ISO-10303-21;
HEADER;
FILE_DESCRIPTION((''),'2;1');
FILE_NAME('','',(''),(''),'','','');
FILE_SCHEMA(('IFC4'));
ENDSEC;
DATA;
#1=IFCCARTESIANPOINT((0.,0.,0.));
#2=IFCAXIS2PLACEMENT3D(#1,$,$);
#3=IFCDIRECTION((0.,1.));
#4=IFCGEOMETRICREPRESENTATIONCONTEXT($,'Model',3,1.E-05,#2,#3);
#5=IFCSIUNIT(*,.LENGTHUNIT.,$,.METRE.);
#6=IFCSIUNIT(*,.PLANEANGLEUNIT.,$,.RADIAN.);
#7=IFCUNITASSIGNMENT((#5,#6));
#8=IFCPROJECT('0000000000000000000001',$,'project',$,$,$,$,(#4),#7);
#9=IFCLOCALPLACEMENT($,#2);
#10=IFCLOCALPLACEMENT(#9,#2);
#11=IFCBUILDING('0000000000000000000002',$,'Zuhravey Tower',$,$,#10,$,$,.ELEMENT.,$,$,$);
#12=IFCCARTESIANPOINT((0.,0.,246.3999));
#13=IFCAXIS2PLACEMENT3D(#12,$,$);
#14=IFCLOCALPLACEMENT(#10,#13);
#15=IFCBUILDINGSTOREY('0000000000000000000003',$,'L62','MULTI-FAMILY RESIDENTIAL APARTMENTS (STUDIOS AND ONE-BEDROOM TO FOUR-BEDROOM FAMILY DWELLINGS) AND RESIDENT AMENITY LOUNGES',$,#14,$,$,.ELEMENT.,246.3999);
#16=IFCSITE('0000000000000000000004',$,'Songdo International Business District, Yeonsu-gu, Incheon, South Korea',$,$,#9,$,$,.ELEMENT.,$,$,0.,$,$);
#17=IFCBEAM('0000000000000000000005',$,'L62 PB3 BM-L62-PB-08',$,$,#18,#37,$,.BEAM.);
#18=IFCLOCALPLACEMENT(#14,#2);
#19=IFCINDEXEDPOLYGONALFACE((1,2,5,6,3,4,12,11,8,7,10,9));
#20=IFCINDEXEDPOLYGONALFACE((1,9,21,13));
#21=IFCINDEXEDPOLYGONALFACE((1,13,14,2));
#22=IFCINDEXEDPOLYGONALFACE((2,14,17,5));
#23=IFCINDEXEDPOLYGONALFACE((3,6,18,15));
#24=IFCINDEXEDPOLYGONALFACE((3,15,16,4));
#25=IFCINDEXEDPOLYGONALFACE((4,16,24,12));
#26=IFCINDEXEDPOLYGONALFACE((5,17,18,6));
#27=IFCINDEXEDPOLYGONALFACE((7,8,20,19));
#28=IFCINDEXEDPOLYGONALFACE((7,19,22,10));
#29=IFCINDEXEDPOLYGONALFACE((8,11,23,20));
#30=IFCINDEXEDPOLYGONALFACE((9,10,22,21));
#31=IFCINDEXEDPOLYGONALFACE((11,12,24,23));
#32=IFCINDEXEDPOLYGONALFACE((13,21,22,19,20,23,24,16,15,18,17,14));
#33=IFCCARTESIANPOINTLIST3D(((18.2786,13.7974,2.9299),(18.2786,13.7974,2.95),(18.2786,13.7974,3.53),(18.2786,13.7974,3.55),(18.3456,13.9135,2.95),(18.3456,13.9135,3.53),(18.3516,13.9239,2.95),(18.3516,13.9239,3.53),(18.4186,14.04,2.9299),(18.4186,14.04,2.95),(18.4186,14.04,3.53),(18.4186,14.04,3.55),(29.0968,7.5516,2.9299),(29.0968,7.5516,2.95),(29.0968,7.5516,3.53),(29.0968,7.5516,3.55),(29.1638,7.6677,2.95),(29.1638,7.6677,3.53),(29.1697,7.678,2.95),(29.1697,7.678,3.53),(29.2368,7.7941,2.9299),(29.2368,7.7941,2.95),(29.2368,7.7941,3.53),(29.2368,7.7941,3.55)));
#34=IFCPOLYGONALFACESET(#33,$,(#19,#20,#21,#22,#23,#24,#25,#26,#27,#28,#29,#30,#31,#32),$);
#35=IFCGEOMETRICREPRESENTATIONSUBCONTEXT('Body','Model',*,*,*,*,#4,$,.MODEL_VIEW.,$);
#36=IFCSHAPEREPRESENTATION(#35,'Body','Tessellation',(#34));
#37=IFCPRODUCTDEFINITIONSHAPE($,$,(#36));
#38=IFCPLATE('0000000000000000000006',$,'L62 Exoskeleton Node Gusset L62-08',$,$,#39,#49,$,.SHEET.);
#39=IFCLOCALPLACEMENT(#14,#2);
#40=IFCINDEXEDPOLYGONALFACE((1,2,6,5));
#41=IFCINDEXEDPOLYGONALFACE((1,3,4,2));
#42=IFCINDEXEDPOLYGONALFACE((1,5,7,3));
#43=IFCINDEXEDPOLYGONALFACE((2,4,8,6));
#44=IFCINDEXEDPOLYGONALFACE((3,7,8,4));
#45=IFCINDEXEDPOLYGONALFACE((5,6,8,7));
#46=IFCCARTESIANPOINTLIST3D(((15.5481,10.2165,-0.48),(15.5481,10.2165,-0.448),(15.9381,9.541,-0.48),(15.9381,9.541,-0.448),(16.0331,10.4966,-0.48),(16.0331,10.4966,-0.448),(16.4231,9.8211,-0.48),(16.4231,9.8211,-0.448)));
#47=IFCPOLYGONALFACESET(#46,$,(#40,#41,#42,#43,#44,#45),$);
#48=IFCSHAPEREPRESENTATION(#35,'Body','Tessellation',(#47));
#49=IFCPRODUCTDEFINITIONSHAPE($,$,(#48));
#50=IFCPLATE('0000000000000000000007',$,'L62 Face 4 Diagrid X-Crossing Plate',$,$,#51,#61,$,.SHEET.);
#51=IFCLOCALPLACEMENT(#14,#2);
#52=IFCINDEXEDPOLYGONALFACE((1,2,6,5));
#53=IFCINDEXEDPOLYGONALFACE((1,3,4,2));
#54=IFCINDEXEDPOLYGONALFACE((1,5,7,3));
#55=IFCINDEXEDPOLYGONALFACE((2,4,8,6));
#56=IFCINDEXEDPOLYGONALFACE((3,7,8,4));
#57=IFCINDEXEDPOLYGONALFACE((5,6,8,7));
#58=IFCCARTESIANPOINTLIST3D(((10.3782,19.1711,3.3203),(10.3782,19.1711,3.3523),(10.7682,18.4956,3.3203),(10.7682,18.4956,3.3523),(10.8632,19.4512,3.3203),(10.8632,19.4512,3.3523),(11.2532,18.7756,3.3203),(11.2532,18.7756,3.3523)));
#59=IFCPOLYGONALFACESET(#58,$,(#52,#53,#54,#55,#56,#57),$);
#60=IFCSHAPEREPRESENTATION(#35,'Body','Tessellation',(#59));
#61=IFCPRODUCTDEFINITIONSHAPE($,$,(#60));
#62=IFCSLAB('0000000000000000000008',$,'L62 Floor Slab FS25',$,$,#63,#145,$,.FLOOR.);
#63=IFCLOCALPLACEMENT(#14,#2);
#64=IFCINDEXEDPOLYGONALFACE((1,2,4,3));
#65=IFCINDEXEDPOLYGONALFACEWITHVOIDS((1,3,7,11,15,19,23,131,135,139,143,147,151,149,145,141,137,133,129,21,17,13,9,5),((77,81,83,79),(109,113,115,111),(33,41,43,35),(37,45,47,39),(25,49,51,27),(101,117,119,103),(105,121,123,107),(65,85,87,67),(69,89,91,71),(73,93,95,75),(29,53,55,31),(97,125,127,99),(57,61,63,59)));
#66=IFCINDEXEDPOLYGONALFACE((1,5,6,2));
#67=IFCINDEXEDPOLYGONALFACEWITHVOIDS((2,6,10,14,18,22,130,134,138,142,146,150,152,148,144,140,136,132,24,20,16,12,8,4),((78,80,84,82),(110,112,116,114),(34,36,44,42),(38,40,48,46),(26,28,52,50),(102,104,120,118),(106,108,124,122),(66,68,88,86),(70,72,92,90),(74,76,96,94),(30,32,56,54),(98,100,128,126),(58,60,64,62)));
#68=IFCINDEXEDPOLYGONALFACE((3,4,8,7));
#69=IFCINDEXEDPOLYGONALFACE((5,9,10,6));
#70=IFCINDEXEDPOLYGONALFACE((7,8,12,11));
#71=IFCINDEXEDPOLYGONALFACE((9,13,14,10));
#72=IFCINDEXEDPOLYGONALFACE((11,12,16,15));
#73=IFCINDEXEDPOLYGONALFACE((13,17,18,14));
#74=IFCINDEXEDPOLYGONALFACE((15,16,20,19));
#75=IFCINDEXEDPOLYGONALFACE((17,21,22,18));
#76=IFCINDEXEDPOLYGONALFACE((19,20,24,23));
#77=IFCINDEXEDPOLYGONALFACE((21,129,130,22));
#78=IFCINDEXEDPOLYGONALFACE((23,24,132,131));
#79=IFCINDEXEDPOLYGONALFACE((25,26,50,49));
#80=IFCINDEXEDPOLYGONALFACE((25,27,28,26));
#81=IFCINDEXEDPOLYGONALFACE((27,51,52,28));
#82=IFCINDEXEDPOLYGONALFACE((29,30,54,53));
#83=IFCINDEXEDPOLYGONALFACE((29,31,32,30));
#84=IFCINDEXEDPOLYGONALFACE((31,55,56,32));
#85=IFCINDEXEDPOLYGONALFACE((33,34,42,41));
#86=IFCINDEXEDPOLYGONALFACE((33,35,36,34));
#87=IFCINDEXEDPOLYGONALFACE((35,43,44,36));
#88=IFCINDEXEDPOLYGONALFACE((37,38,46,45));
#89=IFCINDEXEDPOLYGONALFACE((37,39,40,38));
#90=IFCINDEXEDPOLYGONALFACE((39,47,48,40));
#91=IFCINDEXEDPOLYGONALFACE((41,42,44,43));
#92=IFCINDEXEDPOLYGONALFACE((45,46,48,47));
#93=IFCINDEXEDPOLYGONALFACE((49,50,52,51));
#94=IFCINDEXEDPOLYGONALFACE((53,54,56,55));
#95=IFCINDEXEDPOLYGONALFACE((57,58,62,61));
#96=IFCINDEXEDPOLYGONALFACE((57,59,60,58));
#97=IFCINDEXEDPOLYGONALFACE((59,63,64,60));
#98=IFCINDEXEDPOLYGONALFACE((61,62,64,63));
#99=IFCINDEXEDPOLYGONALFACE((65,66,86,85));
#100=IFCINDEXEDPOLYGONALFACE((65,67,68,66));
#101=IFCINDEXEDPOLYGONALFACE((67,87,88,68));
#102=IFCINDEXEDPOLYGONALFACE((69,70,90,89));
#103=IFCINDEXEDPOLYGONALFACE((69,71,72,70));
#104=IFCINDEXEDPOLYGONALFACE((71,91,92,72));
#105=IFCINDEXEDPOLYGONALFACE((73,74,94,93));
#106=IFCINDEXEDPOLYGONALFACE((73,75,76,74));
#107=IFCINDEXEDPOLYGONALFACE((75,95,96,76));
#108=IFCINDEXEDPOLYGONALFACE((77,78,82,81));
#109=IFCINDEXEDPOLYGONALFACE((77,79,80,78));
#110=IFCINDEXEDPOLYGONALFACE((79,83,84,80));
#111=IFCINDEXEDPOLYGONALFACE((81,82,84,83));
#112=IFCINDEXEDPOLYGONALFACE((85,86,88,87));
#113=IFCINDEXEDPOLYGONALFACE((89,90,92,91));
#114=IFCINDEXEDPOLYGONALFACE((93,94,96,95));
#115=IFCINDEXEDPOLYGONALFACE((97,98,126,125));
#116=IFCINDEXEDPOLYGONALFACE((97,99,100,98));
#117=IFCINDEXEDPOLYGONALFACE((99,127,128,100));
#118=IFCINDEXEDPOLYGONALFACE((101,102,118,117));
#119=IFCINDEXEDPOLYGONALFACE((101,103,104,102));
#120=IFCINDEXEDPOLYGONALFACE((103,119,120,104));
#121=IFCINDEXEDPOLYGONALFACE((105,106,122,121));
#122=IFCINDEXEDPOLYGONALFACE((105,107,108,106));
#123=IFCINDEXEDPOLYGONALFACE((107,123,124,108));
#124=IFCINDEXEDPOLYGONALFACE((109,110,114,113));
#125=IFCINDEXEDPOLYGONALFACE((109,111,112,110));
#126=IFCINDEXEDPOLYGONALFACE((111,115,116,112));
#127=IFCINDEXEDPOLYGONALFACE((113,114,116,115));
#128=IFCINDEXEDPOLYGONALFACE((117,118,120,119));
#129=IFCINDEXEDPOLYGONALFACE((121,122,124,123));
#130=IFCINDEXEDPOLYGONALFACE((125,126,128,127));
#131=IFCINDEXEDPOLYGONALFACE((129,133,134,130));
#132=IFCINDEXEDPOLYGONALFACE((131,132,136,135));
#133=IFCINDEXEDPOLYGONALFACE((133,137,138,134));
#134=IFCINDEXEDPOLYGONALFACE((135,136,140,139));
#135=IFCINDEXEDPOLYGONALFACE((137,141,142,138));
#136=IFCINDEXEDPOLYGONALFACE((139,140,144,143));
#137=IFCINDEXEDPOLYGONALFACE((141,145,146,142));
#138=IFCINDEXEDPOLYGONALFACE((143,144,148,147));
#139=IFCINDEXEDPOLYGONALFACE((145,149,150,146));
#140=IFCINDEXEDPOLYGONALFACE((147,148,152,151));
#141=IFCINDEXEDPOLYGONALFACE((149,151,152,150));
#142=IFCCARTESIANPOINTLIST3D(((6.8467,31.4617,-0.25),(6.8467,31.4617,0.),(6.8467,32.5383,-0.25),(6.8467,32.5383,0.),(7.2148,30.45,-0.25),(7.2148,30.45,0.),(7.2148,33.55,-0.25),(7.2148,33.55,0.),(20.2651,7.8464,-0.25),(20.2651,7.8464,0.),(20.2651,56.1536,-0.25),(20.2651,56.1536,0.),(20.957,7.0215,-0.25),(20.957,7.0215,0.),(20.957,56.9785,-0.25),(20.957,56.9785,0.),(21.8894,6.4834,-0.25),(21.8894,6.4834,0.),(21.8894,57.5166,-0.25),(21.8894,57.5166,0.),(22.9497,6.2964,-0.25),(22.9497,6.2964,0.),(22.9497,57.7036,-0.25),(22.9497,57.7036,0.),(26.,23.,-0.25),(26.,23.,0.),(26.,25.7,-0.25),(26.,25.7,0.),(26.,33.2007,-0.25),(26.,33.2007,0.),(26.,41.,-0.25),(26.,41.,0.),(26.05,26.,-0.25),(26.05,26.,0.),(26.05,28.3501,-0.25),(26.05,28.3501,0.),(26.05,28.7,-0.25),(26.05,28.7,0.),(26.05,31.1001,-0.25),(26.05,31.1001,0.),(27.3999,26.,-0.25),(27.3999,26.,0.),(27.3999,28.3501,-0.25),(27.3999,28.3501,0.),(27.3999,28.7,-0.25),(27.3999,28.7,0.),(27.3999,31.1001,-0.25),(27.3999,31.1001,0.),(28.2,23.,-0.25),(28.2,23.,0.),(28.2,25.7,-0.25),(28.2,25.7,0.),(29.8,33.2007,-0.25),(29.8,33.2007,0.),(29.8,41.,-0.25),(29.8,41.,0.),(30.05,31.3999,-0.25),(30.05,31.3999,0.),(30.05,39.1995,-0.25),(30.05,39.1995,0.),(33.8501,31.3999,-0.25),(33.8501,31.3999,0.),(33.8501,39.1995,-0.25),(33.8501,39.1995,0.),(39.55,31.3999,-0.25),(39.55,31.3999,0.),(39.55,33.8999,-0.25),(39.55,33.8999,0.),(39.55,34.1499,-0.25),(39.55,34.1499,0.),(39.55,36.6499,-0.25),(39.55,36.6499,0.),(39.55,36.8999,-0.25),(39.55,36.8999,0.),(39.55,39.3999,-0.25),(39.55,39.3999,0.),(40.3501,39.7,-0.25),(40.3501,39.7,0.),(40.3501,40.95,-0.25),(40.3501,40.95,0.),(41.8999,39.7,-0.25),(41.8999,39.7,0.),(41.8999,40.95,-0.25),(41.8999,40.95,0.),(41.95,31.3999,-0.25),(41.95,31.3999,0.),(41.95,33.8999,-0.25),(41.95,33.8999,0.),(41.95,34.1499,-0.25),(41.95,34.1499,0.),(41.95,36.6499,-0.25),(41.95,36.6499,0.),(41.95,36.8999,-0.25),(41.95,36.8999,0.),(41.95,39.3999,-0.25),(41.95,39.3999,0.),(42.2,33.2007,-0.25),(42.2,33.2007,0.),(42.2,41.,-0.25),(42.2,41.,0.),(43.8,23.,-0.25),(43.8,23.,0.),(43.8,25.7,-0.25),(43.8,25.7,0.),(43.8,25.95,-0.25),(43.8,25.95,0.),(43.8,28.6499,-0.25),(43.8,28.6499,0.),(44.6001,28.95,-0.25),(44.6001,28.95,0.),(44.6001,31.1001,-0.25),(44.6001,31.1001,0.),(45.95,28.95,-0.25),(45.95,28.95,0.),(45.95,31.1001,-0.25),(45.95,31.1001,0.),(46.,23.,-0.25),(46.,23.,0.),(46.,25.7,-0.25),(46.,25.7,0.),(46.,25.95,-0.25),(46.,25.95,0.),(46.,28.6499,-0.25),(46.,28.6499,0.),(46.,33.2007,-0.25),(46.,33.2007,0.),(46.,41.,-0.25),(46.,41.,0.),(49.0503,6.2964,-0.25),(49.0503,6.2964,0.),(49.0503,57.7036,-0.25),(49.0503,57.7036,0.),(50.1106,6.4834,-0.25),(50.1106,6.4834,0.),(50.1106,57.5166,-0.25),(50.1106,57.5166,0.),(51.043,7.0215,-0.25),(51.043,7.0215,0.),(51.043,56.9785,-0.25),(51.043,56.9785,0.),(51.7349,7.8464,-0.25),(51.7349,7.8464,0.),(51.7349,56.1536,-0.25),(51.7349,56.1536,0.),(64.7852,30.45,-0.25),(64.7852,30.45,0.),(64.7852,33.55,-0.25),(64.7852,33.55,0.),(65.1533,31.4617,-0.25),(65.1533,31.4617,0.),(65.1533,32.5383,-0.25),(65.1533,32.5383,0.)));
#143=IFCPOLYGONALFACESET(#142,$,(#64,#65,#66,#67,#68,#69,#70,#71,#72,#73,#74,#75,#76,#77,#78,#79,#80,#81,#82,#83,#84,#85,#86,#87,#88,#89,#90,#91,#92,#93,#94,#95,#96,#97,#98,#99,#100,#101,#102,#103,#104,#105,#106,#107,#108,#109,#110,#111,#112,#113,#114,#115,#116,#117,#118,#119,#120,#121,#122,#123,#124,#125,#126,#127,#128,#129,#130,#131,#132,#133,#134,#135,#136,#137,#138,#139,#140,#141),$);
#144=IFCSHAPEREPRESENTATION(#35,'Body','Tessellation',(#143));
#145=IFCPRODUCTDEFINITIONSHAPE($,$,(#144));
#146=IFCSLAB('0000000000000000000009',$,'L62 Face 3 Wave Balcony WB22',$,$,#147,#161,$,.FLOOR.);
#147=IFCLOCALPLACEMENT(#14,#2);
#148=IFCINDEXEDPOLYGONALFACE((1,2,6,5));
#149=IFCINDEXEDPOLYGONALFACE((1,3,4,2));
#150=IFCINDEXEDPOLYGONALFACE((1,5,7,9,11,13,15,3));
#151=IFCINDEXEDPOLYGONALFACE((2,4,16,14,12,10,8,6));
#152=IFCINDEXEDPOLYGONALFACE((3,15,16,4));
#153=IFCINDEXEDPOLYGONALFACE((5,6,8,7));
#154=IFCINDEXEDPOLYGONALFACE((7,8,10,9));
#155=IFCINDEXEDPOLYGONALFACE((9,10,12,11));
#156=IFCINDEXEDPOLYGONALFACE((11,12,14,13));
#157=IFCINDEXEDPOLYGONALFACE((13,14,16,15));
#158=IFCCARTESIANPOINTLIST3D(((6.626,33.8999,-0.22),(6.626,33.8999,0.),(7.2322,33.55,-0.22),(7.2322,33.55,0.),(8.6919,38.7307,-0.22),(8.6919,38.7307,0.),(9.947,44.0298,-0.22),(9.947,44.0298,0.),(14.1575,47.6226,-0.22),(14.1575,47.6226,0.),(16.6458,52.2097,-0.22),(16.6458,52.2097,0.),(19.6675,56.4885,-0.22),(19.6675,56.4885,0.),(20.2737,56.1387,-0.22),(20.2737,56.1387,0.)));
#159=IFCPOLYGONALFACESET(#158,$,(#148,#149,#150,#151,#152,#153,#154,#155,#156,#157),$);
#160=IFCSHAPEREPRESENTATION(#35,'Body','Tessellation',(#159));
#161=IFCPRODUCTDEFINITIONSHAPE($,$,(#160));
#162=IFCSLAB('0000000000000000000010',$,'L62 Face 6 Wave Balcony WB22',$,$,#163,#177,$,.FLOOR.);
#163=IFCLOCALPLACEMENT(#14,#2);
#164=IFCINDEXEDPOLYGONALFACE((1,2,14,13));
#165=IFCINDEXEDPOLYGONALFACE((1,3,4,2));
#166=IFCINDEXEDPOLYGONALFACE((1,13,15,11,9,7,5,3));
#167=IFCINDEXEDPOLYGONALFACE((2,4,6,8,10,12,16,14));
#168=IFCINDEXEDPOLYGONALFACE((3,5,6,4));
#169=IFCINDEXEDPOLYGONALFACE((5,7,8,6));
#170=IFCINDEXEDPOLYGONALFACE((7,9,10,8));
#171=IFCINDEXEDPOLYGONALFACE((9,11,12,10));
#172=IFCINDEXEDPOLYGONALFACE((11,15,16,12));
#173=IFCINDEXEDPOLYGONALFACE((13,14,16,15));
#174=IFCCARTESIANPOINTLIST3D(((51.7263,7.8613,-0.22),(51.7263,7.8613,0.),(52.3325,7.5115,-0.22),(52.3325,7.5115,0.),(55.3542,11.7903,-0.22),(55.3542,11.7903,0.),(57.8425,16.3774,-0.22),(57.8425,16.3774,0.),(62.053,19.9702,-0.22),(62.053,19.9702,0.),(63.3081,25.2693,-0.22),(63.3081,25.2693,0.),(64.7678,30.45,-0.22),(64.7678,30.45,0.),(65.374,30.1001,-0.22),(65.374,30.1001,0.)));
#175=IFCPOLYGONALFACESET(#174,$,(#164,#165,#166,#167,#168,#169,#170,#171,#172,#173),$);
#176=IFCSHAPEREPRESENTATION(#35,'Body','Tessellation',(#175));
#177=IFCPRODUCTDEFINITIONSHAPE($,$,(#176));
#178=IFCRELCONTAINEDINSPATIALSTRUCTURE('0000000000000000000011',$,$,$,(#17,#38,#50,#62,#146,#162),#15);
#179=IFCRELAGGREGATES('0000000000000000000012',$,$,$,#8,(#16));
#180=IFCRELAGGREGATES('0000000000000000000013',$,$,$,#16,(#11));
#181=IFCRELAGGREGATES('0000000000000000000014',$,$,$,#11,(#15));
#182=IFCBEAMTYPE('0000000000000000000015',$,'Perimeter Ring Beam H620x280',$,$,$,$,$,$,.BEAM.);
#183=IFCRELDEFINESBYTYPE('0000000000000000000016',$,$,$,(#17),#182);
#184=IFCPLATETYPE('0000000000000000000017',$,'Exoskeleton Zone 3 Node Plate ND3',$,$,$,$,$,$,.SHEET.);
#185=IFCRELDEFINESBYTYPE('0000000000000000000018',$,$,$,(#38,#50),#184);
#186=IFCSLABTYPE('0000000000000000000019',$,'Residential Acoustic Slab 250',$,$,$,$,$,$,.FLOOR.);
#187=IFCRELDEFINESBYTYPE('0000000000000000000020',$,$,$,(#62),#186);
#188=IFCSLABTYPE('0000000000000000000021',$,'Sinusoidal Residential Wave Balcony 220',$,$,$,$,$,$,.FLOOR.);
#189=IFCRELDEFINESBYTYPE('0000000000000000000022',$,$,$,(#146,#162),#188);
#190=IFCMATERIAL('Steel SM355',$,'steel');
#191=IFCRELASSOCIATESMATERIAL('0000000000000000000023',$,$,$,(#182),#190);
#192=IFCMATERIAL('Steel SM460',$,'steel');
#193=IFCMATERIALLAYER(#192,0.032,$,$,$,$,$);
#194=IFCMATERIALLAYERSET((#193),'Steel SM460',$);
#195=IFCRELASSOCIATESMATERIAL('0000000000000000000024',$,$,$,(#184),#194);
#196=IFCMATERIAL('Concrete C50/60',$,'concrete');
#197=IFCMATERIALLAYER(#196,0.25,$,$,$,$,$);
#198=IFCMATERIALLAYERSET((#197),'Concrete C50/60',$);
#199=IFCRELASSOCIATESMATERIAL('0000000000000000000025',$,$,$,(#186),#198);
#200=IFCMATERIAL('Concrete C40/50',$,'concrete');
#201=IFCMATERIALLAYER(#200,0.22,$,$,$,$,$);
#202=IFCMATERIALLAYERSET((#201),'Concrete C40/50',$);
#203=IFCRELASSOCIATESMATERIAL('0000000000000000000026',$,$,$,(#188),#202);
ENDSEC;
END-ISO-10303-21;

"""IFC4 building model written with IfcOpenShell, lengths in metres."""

from ifc_helpers import new_model, si_unit, direction, frame, origin, origin_2d, place, context, subcontext, project, spatial, polyline, rectangle, i_section, outline, extrude, material, layer, layer_set, material_profile, profile_set, type_object, element, save


model = new_model("IFC4")

# Units and contexts
model_context = context("Model", 3, precision=1e-05, world=origin(), true_north=direction((0.0, 1.0)))
body_context = subcontext(model_context, "Body", "Model", "MODEL_VIEW")
ifc_project = project(units=[si_unit("LENGTHUNIT", "METRE"), si_unit("PLANEANGLEUNIT", "RADIAN")], contexts=[model_context])

# Site, building, storey
site_placement = place(None, origin())
site = spatial("IfcSite", under=ifc_project, at=site_placement, Name="Songdo International Business District, Yeonsu-gu, Incheon, South Korea", CompositionType="ELEMENT", RefElevation=0.0)
building_placement = place(site_placement, origin())
building = spatial("IfcBuilding", under=site, at=building_placement, Name="Zuhravey Tower", CompositionType="ELEMENT")
storey_placement = place(building_placement, frame((0.0, 0.0, 246.3999)))
storey = spatial("IfcBuildingStorey", under=building, at=storey_placement, Name="L62", Description="MULTI-FAMILY RESIDENTIAL APARTMENTS (STUDIOS AND ONE-BEDROOM TO FOUR-BEDROOM FAMILY DWELLINGS) AND RESIDENT AMENITY LOUNGES", CompositionType="ELEMENT", Elevation=246.3999)

# Shared definitions
ifc_material_1 = material(Name="Concrete C50/60", Category="concrete")

# Shared definitions
ifc_material_2 = material(Name="Steel SM355", Category="steel")

# Beam
ifc_material_profile_1 = material_profile(ifc_material_2, i_section(OverallWidth=0.28, OverallDepth=0.6201, WebThickness=0.012, FlangeThickness=0.02, at=origin_2d()), Name="H-620x280x12x20")
ifc_profile_set_1 = profile_set([ifc_material_profile_1], Name="Steel SM355")
beam_type = type_object("IfcBeamType", Name="Perimeter Ring Beam H620x280", PredefinedType="BEAM", material=ifc_profile_set_1)
beam_placement = place(storey_placement, frame((18.3486, 13.9187, 3.24), z_axis=(0.866025, -0.5, 0.0), x_axis=(0.5, 0.866025, 0.0)))
element("IfcBeam", 1, at=beam_placement, inside=storey, type_object=beam_type, Name="L62 PB3 BM-L62-PB-08", PredefinedType="BEAM", context=body_context, shape_type="SweptSolid", body=[
    extrude(i_section(OverallWidth=0.28, OverallDepth=0.6201, WebThickness=0.012, FlangeThickness=0.02, at=origin_2d()), origin(), (0.0, 0.0, 1.0), 12.4917),
])

# Plates
ifc_material_3 = material(Name="Steel SM460", Category="steel")
ifc_layer_1 = layer(ifc_material_3, 0.032)
ifc_layer_set_1 = layer_set([ifc_layer_1], Name="Steel SM460")
plate_type_1 = type_object("IfcPlateType", Name="Exoskeleton Zone 3 Node Plate ND3", PredefinedType="SHEET", material=ifc_layer_set_1)
for number, where, z_axis, x_axis, name in (
    (2, (15.9856, 10.0188, -0.48), (0.0, 0.0, 1.0), (0.5, -0.866025, 0.0), "L62 Exoskeleton Node Gusset L62-08"),
    (3, (10.8157, 18.9734, 3.3203), (0.0, 0.0, 1.0), (0.5, -0.866025, 0.0), "L62 Face 4 Diagrid X-Crossing Plate"),
):
    element("IfcPlate", number, at=place(storey_placement, frame(where, z_axis=z_axis, x_axis=x_axis)), inside=storey, type_object=plate_type_1, Name=name, PredefinedType="SHEET", context=body_context, shape_type="SweptSolid", body=[
        extrude(rectangle(XDim=0.78, YDim=0.5601, at=origin_2d()), origin(), (0.0, 0.0, 1.0), 0.032),
    ])

# Slabs
ifc_layer_2 = layer(ifc_material_1, 0.25)
ifc_layer_set_2 = layer_set([ifc_layer_2], Name="Concrete C50/60")
slab_type_1 = type_object("IfcSlabType", Name="Residential Acoustic Slab 250", PredefinedType="FLOOR", material=ifc_layer_set_2)
slab_1_placement = place(storey_placement, frame((0.0, 0.0, -0.25)))
element("IfcSlab", 4, at=slab_1_placement, inside=storey, type_object=slab_type_1, Name="L62 Floor Slab FS25", PredefinedType="FLOOR", context=body_context, shape_type="SweptSolid", body=[
    extrude(outline(polyline([(64.7852, 30.45), (65.1533, 31.4617), (65.1533, 32.5383), (64.7852, 33.55), (51.7349, 56.1536), (51.043, 56.9785), (50.1106, 57.5166), (49.0503, 57.7036), (22.9497, 57.7036), (21.8894, 57.5166), (20.957, 56.9785), (20.2651, 56.1536), (7.2148, 33.55), (6.8467, 32.5383), (6.8467, 31.4617), (7.2148, 30.45), (20.2651, 7.8464), (20.957, 7.0215), (21.8894, 6.4834), (22.9497, 6.2964), (49.0503, 6.2964), (50.1106, 6.4834), (51.043, 7.0215), (51.7349, 7.8464), (64.7852, 30.45)]), holes=[polyline([(29.8, 33.2007), (29.8, 41.0), (26.0, 41.0), (26.0, 33.2007), (29.8, 33.2007)]), polyline([(46.0, 33.2007), (46.0, 41.0), (42.2, 41.0), (42.2, 33.2007), (46.0, 33.2007)]), polyline([(30.05, 39.1995), (30.05, 31.3999), (33.8501, 31.3999), (33.8501, 39.1995), (30.05, 39.1995)]), polyline([(39.55, 31.3999), (41.95, 31.3999), (41.95, 33.8999), (39.55, 33.8999), (39.55, 31.3999)]), polyline([(39.55, 34.1499), (41.95, 34.1499), (41.95, 36.6499), (39.55, 36.6499), (39.55, 34.1499)]), polyline([(39.55, 36.8999), (41.95, 36.8999), (41.95, 39.3999), (39.55, 39.3999), (39.55, 36.8999)]), polyline([(26.0, 23.0), (28.2, 23.0), (28.2, 25.7), (26.0, 25.7), (26.0, 23.0)]), polyline([(43.8, 23.0), (46.0, 23.0), (46.0, 25.7), (43.8, 25.7), (43.8, 23.0)]), polyline([(43.8, 25.95), (46.0, 25.95), (46.0, 28.6499), (43.8, 28.6499), (43.8, 25.95)]), polyline([(26.05, 26.0), (27.3999, 26.0), (27.3999, 28.3501), (26.05, 28.3501), (26.05, 26.0)]), polyline([(26.05, 28.7), (27.3999, 28.7), (27.3999, 31.1001), (26.05, 31.1001), (26.05, 28.7)]), polyline([(44.6001, 28.95), (45.95, 28.95), (45.95, 31.1001), (44.6001, 31.1001), (44.6001, 28.95)]), polyline([(40.3501, 39.7), (41.8999, 39.7), (41.8999, 40.95), (40.3501, 40.95), (40.3501, 39.7)])]), origin(), (0.0, 0.0, 1.0), 0.25),
])
ifc_material_4 = material(Name="Concrete C40/50", Category="concrete")
ifc_layer_3 = layer(ifc_material_4, 0.22)
ifc_layer_set_3 = layer_set([ifc_layer_3], Name="Concrete C40/50")
slab_type_2 = type_object("IfcSlabType", Name="Sinusoidal Residential Wave Balcony 220", PredefinedType="FLOOR", material=ifc_layer_set_3)
slab_2_placement = place(storey_placement, frame((0.0, 0.0, -0.22)))
element("IfcSlab", 5, at=slab_2_placement, inside=storey, type_object=slab_type_2, Name="L62 Face 3 Wave Balcony WB22", PredefinedType="FLOOR", context=body_context, shape_type="SweptSolid", body=[
    extrude(outline(polyline([(20.2737, 56.1387), (7.2322, 33.55), (6.626, 33.8999), (8.6919, 38.7307), (9.947, 44.0298), (14.1575, 47.6226), (16.6458, 52.2097), (19.6675, 56.4885), (20.2737, 56.1387)])), origin(), (0.0, 0.0, 1.0), 0.22),
])
slab_3_placement = place(storey_placement, frame((0.0, 0.0, -0.22)))
element("IfcSlab", 6, at=slab_3_placement, inside=storey, type_object=slab_type_2, Name="L62 Face 6 Wave Balcony WB22", PredefinedType="FLOOR", context=body_context, shape_type="SweptSolid", body=[
    extrude(outline(polyline([(51.7263, 7.8613), (64.7678, 30.45), (65.374, 30.1001), (63.3081, 25.2693), (62.053, 19.9702), (57.8425, 16.3774), (55.3542, 11.7903), (52.3325, 7.5115), (51.7263, 7.8613)])), origin(), (0.0, 0.0, 1.0), 0.22),
])

save(model, "model.ifc")
